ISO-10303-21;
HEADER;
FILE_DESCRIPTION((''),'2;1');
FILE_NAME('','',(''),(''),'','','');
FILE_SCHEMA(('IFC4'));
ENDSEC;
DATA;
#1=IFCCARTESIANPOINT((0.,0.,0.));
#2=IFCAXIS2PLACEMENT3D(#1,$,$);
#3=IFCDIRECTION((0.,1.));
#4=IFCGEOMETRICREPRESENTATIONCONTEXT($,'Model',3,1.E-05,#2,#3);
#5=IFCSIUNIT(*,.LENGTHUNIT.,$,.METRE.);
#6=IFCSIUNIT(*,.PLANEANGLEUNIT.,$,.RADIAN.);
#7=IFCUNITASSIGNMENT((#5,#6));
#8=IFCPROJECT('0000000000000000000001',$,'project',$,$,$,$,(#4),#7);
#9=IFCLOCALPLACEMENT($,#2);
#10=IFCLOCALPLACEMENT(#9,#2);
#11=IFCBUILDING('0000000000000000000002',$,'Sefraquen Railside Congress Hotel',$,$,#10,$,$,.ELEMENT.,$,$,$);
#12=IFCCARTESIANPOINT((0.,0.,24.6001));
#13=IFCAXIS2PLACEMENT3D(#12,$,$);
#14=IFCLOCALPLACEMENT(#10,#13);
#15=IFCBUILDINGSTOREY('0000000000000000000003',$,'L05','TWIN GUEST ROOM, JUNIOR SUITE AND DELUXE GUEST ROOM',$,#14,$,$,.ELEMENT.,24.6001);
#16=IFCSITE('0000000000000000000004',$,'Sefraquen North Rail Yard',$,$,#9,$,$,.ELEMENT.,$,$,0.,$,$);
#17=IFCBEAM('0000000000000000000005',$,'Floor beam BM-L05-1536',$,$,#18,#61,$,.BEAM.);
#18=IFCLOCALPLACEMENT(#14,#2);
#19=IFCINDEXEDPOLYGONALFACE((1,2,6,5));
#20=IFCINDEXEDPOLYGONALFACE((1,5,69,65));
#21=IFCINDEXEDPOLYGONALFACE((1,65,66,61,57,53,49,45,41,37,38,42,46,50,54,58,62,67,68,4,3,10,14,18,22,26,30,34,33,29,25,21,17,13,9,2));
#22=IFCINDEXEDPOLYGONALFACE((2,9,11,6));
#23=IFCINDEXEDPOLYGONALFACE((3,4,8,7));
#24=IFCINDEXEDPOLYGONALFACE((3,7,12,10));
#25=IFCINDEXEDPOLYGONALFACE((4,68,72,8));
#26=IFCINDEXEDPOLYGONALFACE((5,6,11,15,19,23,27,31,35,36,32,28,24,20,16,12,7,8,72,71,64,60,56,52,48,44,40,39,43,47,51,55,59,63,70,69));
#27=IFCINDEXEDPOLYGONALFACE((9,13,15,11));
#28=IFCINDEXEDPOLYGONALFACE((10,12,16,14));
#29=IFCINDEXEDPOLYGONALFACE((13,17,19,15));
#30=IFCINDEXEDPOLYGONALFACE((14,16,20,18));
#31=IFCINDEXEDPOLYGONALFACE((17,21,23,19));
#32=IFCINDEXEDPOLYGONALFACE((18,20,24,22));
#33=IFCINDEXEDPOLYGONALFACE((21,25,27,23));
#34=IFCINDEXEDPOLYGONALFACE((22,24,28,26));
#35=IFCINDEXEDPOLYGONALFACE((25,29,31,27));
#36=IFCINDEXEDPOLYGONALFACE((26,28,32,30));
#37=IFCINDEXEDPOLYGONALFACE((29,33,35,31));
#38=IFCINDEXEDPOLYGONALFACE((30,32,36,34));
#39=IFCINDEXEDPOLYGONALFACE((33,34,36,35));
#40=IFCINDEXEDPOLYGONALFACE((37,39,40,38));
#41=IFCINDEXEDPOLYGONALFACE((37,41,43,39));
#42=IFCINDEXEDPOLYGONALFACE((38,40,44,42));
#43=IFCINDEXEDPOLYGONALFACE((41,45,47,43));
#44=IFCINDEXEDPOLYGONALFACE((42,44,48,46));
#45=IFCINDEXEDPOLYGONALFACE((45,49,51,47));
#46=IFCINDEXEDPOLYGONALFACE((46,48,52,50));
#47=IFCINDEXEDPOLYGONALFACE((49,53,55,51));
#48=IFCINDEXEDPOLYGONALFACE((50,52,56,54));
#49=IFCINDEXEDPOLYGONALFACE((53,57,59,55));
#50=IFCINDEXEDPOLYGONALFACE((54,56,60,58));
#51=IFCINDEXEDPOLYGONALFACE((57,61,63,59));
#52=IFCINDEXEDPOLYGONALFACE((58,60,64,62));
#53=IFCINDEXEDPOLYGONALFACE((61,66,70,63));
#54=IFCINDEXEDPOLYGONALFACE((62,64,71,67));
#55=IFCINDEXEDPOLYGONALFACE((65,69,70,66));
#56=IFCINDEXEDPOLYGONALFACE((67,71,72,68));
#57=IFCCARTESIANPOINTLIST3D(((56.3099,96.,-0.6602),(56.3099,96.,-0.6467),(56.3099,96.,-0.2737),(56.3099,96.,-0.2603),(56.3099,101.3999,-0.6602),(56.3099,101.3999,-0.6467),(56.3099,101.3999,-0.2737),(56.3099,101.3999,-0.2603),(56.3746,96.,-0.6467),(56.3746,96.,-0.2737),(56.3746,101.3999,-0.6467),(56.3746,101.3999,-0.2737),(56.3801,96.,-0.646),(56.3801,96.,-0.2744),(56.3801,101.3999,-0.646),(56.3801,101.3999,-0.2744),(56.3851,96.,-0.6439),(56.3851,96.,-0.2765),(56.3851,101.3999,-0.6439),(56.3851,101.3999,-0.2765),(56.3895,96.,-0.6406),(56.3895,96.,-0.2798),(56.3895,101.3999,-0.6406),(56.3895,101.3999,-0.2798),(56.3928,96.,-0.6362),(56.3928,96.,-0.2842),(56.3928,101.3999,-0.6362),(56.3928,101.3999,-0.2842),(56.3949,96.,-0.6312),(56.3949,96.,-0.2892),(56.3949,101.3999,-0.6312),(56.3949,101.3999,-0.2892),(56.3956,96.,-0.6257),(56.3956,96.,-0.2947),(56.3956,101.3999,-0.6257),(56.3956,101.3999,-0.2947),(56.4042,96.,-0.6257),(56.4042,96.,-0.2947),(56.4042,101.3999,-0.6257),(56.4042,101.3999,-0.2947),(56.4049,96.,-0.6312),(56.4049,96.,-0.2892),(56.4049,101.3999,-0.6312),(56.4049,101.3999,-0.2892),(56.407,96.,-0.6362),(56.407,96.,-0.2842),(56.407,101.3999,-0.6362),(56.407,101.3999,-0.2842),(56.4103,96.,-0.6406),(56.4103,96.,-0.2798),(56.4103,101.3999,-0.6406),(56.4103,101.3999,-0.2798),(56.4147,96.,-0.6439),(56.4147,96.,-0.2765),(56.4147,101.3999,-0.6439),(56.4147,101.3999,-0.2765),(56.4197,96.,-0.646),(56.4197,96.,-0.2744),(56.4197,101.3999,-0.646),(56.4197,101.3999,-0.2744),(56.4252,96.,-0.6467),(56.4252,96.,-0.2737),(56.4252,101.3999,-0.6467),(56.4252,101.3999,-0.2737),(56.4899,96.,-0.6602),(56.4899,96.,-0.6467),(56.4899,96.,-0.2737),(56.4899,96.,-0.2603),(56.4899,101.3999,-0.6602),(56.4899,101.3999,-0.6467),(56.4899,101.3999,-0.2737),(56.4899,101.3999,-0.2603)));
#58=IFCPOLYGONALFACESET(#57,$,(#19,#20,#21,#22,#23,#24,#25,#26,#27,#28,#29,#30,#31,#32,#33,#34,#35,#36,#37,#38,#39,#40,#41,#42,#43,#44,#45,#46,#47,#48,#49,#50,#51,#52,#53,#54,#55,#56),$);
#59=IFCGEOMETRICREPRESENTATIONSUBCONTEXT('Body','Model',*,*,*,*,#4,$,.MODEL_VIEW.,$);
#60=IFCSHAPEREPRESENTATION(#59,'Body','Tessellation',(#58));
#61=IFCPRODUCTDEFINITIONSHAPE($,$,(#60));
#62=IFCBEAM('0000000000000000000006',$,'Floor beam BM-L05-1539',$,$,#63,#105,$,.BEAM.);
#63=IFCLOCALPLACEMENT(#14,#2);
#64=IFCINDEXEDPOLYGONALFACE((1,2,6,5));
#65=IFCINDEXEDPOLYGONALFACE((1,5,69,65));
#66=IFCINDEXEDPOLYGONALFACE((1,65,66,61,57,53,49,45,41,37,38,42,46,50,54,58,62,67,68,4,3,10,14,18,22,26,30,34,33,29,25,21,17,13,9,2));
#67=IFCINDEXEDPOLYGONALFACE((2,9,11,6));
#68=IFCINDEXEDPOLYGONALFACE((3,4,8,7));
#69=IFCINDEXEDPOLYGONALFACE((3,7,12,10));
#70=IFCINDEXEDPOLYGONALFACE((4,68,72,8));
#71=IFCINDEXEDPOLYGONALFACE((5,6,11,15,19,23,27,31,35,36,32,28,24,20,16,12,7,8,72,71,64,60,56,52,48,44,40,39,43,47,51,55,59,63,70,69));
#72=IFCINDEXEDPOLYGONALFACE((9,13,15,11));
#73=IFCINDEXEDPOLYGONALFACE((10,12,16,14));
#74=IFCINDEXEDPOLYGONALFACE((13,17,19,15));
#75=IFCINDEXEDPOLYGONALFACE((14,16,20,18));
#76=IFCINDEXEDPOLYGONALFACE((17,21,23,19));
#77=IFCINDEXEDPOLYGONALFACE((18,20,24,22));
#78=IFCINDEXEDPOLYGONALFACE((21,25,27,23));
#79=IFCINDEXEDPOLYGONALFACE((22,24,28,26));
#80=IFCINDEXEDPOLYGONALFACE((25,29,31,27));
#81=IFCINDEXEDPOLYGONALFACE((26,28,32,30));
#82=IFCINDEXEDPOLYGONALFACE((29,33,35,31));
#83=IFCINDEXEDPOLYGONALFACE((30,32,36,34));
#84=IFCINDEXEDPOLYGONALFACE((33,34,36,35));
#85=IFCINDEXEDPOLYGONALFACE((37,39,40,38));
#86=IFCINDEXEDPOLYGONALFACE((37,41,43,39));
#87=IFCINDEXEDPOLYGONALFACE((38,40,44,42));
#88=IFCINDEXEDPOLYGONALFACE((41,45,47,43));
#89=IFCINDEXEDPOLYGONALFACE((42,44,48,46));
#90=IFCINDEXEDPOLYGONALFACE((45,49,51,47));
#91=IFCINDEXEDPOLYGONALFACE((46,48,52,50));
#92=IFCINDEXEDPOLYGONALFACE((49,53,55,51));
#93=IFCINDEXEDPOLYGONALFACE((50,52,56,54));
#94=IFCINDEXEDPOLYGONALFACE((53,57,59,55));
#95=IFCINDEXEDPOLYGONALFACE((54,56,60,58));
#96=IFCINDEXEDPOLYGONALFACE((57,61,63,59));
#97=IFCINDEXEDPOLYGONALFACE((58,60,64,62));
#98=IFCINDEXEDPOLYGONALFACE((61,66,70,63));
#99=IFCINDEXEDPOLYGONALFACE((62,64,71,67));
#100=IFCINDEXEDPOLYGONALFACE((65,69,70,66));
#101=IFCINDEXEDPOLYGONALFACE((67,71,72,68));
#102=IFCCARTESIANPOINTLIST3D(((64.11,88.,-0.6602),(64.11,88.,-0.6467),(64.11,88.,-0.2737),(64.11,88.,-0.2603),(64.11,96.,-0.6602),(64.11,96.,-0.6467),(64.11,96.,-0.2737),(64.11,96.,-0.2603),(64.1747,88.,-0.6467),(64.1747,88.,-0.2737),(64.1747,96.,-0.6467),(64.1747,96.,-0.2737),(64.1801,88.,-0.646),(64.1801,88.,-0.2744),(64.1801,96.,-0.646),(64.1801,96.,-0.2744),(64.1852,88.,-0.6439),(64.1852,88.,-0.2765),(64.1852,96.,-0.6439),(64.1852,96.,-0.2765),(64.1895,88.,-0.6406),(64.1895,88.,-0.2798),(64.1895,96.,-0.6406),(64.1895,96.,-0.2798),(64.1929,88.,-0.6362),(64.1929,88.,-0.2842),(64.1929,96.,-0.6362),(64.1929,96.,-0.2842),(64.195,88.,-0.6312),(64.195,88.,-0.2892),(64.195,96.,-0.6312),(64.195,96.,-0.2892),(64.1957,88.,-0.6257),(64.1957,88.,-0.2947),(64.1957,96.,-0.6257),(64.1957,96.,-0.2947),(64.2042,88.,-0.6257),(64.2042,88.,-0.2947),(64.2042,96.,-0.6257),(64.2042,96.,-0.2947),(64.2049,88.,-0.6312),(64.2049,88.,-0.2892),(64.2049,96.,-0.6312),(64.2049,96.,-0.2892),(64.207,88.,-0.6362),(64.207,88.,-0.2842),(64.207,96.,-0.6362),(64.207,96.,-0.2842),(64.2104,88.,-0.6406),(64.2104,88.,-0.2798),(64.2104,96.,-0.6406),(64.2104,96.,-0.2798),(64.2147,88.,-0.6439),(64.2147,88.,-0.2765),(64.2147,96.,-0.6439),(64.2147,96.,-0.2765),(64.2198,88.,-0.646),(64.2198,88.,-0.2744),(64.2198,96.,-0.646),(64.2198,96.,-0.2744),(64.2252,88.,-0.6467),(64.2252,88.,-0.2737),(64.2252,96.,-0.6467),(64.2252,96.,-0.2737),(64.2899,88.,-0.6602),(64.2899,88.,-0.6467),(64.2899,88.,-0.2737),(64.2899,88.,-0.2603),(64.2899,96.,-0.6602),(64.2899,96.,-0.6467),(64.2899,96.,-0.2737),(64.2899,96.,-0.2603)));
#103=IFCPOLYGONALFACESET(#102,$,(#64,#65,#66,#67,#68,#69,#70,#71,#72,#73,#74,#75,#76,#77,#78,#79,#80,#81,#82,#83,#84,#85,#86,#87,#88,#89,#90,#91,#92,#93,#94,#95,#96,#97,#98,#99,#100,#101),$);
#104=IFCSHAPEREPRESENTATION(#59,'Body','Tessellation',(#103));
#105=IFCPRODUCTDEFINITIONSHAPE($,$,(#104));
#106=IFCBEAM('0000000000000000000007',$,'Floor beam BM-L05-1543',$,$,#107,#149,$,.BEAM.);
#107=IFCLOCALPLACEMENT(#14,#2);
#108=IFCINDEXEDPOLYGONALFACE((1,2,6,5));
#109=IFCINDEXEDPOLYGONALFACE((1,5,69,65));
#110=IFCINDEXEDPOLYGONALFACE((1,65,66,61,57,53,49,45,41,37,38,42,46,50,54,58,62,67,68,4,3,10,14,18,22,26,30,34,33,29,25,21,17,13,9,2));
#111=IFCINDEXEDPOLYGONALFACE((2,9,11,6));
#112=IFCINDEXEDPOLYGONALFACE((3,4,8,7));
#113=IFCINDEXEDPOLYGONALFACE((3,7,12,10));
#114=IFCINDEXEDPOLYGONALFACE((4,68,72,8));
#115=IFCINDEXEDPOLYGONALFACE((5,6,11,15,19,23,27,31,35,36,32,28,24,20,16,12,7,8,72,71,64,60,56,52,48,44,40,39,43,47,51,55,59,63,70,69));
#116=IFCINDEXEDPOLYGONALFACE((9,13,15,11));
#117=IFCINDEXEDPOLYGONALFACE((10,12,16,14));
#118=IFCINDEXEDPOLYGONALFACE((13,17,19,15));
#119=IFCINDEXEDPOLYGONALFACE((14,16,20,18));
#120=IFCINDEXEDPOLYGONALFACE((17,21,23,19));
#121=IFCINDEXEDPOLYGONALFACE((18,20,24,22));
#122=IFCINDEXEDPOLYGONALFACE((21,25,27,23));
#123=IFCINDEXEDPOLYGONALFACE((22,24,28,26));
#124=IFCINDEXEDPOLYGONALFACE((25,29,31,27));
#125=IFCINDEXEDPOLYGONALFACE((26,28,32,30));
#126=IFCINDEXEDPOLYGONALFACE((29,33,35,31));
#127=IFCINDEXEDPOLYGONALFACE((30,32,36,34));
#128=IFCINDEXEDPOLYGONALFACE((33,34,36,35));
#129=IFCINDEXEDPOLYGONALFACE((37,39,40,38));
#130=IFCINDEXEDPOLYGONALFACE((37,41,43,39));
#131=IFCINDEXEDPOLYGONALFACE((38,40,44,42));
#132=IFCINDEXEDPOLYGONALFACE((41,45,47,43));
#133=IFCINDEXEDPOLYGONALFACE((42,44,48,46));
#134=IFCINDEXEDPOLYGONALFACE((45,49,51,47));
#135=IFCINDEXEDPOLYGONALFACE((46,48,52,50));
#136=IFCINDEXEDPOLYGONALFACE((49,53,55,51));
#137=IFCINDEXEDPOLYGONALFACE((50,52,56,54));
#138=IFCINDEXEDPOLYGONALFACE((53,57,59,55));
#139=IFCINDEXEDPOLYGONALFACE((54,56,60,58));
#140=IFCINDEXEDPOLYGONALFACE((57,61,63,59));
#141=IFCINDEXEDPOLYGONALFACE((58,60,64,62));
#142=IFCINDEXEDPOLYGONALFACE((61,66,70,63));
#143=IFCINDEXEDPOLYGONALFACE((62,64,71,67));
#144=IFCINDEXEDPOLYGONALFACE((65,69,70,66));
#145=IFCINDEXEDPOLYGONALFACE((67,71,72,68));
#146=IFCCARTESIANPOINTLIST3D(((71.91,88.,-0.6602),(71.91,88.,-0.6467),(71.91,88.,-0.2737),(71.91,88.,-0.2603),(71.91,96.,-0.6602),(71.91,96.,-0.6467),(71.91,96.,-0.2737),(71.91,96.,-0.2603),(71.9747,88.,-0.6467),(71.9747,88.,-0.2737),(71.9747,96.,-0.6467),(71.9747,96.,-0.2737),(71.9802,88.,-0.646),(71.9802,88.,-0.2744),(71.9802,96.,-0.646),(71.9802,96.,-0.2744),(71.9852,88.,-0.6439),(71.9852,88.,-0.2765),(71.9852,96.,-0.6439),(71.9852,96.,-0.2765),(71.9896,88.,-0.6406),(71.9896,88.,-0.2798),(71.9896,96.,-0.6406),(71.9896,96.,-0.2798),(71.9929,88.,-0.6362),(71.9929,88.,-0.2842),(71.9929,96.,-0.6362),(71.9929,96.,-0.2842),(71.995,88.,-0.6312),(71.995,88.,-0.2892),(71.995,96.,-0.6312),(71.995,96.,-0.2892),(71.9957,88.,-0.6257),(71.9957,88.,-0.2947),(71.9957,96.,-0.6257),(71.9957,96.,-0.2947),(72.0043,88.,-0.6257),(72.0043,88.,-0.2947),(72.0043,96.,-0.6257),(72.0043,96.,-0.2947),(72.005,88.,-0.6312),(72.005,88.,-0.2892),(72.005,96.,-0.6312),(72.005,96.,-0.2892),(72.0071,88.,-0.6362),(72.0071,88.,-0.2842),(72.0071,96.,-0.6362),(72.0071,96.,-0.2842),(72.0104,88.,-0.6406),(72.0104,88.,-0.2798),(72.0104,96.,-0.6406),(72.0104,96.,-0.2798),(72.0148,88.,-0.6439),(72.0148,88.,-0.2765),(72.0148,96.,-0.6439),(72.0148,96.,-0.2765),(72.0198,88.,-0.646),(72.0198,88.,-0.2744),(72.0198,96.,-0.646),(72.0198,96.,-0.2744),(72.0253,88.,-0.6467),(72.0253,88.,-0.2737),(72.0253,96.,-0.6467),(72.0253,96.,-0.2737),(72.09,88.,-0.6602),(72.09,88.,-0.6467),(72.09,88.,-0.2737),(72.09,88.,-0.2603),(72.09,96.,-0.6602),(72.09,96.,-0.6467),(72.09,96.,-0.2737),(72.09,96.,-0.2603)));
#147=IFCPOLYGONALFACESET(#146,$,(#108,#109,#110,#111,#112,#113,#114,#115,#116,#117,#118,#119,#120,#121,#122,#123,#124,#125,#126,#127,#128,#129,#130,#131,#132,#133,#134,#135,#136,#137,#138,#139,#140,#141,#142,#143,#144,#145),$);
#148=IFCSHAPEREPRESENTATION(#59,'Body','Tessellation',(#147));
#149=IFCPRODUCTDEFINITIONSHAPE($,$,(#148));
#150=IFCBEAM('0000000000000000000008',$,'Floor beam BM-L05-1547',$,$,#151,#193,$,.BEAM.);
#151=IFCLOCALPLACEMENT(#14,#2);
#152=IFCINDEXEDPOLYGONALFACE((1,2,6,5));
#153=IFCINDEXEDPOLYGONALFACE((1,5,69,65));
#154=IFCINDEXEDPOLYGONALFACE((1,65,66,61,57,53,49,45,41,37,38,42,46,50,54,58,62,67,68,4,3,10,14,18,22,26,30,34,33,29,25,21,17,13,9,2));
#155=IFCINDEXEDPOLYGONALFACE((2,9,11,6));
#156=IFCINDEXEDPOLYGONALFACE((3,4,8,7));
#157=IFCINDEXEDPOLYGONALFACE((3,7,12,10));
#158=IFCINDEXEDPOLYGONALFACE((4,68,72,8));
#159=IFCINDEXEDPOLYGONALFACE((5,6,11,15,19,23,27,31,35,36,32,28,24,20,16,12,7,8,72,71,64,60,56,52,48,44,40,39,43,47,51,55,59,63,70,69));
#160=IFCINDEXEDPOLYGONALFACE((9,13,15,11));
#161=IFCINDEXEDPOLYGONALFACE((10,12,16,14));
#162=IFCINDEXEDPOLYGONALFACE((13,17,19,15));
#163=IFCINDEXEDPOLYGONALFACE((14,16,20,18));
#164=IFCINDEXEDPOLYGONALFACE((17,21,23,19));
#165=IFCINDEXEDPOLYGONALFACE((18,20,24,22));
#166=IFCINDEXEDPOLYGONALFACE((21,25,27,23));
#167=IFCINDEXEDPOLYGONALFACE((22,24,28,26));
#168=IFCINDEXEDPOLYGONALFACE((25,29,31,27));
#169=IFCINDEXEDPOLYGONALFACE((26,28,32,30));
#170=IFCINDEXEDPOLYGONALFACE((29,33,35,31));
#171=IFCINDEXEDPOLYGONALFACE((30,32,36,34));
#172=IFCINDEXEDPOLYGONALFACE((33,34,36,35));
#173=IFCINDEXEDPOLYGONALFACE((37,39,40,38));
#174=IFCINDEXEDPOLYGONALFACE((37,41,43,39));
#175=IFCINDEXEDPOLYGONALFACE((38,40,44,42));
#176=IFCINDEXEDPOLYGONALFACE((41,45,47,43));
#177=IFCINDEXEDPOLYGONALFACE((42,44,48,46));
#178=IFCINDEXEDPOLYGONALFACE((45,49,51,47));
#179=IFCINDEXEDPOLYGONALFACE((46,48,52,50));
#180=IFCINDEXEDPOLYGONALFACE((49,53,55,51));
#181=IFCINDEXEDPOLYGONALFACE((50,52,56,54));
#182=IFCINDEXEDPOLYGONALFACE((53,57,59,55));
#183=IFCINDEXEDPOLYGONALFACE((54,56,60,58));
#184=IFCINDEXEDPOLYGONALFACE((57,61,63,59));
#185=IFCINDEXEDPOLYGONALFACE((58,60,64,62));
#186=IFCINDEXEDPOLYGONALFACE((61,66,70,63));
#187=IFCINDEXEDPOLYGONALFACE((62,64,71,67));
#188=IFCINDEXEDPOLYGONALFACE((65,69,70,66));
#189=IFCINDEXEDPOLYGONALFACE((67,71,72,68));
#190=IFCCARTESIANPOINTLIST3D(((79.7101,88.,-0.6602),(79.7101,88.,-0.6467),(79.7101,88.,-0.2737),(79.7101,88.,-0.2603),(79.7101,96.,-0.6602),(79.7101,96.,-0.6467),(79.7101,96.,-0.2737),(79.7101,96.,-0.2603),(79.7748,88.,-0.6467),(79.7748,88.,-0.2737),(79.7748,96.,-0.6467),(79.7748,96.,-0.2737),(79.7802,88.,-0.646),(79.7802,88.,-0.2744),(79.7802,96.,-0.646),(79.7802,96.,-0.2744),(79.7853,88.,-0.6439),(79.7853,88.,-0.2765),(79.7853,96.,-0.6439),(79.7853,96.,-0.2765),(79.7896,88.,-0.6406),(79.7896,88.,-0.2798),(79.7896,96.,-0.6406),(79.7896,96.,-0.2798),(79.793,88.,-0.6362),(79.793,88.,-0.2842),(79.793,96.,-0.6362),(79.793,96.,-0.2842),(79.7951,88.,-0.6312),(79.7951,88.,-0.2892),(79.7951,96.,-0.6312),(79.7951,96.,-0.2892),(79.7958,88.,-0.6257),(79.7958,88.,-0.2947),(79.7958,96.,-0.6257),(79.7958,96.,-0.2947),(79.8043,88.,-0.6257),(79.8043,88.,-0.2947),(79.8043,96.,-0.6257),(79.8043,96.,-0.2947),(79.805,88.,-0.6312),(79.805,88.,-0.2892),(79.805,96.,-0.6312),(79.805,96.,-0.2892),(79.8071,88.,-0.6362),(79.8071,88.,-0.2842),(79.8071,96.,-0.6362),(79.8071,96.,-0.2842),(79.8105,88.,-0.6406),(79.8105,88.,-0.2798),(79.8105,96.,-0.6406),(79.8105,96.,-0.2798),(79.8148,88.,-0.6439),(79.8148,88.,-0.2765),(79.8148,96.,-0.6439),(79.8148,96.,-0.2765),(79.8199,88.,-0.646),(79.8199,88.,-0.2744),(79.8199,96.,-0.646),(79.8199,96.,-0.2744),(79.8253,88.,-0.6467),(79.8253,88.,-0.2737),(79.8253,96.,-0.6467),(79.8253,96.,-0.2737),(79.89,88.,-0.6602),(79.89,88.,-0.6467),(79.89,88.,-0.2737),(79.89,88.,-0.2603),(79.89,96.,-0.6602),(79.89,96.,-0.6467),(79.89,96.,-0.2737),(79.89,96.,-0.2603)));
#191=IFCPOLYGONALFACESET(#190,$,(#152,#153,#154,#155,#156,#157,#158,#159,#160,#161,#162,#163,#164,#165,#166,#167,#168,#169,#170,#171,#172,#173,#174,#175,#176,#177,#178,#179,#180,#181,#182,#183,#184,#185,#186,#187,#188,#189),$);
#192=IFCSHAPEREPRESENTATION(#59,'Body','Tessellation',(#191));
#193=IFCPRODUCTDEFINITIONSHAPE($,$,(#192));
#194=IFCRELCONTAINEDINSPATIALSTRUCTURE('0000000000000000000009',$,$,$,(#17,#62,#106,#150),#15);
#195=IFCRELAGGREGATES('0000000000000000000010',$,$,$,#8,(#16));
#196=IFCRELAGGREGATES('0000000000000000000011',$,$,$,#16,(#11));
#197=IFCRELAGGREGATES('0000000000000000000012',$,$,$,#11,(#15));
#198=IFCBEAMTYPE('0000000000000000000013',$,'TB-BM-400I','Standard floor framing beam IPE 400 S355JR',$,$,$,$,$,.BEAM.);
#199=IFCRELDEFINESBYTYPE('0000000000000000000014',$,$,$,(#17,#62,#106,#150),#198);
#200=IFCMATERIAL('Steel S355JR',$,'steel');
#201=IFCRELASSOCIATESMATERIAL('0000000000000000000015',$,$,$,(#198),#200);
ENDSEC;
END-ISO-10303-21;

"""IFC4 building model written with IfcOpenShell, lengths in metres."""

from ifc_helpers import new_model, si_unit, direction, frame, origin, origin_2d, place, context, subcontext, project, spatial, i_section, extrude, material, material_profile, profile_set, type_object, element, save


model = new_model("IFC4")

# Units and contexts
model_context = context("Model", 3, precision=1e-05, world=origin(), true_north=direction((0.0, 1.0)))
body_context = subcontext(model_context, "Body", "Model", "MODEL_VIEW")
ifc_project = project(units=[si_unit("LENGTHUNIT", "METRE"), si_unit("PLANEANGLEUNIT", "RADIAN")], contexts=[model_context])

# Site, building, storey
site_placement = place(None, origin())
site = spatial("IfcSite", under=ifc_project, at=site_placement, Name="Sefraquen North Rail Yard", CompositionType="ELEMENT", RefElevation=0.0)
building_placement = place(site_placement, origin())
building = spatial("IfcBuilding", under=site, at=building_placement, Name="Sefraquen Railside Congress Hotel", CompositionType="ELEMENT")
storey_placement = place(building_placement, frame((0.0, 0.0, 24.6001)))
storey = spatial("IfcBuildingStorey", under=building, at=storey_placement, Name="L05", Description="TWIN GUEST ROOM, JUNIOR SUITE AND DELUXE GUEST ROOM", CompositionType="ELEMENT", Elevation=24.6001)

# Shared definitions
ifc_material_1 = material(Name="Steel S355JR", Category="steel")

# Beams
ifc_material_profile_1 = material_profile(ifc_material_1, i_section(OverallWidth=0.1799, OverallDepth=0.3999, WebThickness=0.0085, FlangeThickness=0.0134, FilletRadius=0.021, at=origin_2d()), Name="IPE 400")
ifc_profile_set_1 = profile_set([ifc_material_profile_1], Name="Steel S355JR")
beam_type_1 = type_object("IfcBeamType", Name="TB-BM-400I", Description="Standard floor framing beam IPE 400 S355JR", PredefinedType="BEAM", material=ifc_profile_set_1)
beam_1_placement = place(storey_placement, frame((56.3999, 96.0, -0.4602), z_axis=(0.0, 1.0, 0.0), x_axis=(-1.0, 0.0, 0.0)))
element("IfcBeam", 1, at=beam_1_placement, inside=storey, type_object=beam_type_1, Name="Floor beam BM-L05-1536", PredefinedType="BEAM", context=body_context, shape_type="SweptSolid", body=[
    extrude(i_section(OverallWidth=0.1799, OverallDepth=0.3999, WebThickness=0.0085, FlangeThickness=0.0134, FilletRadius=0.021, at=origin_2d()), origin(), (0.0, 0.0, 1.0), 5.3999),
])
for number, where, z_axis, x_axis, name in (
    (2, (64.2, 88.0, -0.4602), (0.0, 1.0, 0.0), (-1.0, 0.0, 0.0), "Floor beam BM-L05-1539"),
    (3, (72.0, 88.0, -0.4602), (0.0, 1.0, 0.0), (-1.0, 0.0, 0.0), "Floor beam BM-L05-1543"),
    (4, (79.8, 88.0, -0.4602), (0.0, 1.0, 0.0), (-1.0, 0.0, 0.0), "Floor beam BM-L05-1547"),
):
    element("IfcBeam", number, at=place(storey_placement, frame(where, z_axis=z_axis, x_axis=x_axis)), inside=storey, type_object=beam_type_1, Name=name, PredefinedType="BEAM", context=body_context, shape_type="SweptSolid", body=[
        extrude(i_section(OverallWidth=0.1799, OverallDepth=0.3999, WebThickness=0.0085, FlangeThickness=0.0134, FilletRadius=0.021, at=origin_2d()), origin(), (0.0, 0.0, 1.0), 8.0),
    ])

save(model, "model.ifc")
